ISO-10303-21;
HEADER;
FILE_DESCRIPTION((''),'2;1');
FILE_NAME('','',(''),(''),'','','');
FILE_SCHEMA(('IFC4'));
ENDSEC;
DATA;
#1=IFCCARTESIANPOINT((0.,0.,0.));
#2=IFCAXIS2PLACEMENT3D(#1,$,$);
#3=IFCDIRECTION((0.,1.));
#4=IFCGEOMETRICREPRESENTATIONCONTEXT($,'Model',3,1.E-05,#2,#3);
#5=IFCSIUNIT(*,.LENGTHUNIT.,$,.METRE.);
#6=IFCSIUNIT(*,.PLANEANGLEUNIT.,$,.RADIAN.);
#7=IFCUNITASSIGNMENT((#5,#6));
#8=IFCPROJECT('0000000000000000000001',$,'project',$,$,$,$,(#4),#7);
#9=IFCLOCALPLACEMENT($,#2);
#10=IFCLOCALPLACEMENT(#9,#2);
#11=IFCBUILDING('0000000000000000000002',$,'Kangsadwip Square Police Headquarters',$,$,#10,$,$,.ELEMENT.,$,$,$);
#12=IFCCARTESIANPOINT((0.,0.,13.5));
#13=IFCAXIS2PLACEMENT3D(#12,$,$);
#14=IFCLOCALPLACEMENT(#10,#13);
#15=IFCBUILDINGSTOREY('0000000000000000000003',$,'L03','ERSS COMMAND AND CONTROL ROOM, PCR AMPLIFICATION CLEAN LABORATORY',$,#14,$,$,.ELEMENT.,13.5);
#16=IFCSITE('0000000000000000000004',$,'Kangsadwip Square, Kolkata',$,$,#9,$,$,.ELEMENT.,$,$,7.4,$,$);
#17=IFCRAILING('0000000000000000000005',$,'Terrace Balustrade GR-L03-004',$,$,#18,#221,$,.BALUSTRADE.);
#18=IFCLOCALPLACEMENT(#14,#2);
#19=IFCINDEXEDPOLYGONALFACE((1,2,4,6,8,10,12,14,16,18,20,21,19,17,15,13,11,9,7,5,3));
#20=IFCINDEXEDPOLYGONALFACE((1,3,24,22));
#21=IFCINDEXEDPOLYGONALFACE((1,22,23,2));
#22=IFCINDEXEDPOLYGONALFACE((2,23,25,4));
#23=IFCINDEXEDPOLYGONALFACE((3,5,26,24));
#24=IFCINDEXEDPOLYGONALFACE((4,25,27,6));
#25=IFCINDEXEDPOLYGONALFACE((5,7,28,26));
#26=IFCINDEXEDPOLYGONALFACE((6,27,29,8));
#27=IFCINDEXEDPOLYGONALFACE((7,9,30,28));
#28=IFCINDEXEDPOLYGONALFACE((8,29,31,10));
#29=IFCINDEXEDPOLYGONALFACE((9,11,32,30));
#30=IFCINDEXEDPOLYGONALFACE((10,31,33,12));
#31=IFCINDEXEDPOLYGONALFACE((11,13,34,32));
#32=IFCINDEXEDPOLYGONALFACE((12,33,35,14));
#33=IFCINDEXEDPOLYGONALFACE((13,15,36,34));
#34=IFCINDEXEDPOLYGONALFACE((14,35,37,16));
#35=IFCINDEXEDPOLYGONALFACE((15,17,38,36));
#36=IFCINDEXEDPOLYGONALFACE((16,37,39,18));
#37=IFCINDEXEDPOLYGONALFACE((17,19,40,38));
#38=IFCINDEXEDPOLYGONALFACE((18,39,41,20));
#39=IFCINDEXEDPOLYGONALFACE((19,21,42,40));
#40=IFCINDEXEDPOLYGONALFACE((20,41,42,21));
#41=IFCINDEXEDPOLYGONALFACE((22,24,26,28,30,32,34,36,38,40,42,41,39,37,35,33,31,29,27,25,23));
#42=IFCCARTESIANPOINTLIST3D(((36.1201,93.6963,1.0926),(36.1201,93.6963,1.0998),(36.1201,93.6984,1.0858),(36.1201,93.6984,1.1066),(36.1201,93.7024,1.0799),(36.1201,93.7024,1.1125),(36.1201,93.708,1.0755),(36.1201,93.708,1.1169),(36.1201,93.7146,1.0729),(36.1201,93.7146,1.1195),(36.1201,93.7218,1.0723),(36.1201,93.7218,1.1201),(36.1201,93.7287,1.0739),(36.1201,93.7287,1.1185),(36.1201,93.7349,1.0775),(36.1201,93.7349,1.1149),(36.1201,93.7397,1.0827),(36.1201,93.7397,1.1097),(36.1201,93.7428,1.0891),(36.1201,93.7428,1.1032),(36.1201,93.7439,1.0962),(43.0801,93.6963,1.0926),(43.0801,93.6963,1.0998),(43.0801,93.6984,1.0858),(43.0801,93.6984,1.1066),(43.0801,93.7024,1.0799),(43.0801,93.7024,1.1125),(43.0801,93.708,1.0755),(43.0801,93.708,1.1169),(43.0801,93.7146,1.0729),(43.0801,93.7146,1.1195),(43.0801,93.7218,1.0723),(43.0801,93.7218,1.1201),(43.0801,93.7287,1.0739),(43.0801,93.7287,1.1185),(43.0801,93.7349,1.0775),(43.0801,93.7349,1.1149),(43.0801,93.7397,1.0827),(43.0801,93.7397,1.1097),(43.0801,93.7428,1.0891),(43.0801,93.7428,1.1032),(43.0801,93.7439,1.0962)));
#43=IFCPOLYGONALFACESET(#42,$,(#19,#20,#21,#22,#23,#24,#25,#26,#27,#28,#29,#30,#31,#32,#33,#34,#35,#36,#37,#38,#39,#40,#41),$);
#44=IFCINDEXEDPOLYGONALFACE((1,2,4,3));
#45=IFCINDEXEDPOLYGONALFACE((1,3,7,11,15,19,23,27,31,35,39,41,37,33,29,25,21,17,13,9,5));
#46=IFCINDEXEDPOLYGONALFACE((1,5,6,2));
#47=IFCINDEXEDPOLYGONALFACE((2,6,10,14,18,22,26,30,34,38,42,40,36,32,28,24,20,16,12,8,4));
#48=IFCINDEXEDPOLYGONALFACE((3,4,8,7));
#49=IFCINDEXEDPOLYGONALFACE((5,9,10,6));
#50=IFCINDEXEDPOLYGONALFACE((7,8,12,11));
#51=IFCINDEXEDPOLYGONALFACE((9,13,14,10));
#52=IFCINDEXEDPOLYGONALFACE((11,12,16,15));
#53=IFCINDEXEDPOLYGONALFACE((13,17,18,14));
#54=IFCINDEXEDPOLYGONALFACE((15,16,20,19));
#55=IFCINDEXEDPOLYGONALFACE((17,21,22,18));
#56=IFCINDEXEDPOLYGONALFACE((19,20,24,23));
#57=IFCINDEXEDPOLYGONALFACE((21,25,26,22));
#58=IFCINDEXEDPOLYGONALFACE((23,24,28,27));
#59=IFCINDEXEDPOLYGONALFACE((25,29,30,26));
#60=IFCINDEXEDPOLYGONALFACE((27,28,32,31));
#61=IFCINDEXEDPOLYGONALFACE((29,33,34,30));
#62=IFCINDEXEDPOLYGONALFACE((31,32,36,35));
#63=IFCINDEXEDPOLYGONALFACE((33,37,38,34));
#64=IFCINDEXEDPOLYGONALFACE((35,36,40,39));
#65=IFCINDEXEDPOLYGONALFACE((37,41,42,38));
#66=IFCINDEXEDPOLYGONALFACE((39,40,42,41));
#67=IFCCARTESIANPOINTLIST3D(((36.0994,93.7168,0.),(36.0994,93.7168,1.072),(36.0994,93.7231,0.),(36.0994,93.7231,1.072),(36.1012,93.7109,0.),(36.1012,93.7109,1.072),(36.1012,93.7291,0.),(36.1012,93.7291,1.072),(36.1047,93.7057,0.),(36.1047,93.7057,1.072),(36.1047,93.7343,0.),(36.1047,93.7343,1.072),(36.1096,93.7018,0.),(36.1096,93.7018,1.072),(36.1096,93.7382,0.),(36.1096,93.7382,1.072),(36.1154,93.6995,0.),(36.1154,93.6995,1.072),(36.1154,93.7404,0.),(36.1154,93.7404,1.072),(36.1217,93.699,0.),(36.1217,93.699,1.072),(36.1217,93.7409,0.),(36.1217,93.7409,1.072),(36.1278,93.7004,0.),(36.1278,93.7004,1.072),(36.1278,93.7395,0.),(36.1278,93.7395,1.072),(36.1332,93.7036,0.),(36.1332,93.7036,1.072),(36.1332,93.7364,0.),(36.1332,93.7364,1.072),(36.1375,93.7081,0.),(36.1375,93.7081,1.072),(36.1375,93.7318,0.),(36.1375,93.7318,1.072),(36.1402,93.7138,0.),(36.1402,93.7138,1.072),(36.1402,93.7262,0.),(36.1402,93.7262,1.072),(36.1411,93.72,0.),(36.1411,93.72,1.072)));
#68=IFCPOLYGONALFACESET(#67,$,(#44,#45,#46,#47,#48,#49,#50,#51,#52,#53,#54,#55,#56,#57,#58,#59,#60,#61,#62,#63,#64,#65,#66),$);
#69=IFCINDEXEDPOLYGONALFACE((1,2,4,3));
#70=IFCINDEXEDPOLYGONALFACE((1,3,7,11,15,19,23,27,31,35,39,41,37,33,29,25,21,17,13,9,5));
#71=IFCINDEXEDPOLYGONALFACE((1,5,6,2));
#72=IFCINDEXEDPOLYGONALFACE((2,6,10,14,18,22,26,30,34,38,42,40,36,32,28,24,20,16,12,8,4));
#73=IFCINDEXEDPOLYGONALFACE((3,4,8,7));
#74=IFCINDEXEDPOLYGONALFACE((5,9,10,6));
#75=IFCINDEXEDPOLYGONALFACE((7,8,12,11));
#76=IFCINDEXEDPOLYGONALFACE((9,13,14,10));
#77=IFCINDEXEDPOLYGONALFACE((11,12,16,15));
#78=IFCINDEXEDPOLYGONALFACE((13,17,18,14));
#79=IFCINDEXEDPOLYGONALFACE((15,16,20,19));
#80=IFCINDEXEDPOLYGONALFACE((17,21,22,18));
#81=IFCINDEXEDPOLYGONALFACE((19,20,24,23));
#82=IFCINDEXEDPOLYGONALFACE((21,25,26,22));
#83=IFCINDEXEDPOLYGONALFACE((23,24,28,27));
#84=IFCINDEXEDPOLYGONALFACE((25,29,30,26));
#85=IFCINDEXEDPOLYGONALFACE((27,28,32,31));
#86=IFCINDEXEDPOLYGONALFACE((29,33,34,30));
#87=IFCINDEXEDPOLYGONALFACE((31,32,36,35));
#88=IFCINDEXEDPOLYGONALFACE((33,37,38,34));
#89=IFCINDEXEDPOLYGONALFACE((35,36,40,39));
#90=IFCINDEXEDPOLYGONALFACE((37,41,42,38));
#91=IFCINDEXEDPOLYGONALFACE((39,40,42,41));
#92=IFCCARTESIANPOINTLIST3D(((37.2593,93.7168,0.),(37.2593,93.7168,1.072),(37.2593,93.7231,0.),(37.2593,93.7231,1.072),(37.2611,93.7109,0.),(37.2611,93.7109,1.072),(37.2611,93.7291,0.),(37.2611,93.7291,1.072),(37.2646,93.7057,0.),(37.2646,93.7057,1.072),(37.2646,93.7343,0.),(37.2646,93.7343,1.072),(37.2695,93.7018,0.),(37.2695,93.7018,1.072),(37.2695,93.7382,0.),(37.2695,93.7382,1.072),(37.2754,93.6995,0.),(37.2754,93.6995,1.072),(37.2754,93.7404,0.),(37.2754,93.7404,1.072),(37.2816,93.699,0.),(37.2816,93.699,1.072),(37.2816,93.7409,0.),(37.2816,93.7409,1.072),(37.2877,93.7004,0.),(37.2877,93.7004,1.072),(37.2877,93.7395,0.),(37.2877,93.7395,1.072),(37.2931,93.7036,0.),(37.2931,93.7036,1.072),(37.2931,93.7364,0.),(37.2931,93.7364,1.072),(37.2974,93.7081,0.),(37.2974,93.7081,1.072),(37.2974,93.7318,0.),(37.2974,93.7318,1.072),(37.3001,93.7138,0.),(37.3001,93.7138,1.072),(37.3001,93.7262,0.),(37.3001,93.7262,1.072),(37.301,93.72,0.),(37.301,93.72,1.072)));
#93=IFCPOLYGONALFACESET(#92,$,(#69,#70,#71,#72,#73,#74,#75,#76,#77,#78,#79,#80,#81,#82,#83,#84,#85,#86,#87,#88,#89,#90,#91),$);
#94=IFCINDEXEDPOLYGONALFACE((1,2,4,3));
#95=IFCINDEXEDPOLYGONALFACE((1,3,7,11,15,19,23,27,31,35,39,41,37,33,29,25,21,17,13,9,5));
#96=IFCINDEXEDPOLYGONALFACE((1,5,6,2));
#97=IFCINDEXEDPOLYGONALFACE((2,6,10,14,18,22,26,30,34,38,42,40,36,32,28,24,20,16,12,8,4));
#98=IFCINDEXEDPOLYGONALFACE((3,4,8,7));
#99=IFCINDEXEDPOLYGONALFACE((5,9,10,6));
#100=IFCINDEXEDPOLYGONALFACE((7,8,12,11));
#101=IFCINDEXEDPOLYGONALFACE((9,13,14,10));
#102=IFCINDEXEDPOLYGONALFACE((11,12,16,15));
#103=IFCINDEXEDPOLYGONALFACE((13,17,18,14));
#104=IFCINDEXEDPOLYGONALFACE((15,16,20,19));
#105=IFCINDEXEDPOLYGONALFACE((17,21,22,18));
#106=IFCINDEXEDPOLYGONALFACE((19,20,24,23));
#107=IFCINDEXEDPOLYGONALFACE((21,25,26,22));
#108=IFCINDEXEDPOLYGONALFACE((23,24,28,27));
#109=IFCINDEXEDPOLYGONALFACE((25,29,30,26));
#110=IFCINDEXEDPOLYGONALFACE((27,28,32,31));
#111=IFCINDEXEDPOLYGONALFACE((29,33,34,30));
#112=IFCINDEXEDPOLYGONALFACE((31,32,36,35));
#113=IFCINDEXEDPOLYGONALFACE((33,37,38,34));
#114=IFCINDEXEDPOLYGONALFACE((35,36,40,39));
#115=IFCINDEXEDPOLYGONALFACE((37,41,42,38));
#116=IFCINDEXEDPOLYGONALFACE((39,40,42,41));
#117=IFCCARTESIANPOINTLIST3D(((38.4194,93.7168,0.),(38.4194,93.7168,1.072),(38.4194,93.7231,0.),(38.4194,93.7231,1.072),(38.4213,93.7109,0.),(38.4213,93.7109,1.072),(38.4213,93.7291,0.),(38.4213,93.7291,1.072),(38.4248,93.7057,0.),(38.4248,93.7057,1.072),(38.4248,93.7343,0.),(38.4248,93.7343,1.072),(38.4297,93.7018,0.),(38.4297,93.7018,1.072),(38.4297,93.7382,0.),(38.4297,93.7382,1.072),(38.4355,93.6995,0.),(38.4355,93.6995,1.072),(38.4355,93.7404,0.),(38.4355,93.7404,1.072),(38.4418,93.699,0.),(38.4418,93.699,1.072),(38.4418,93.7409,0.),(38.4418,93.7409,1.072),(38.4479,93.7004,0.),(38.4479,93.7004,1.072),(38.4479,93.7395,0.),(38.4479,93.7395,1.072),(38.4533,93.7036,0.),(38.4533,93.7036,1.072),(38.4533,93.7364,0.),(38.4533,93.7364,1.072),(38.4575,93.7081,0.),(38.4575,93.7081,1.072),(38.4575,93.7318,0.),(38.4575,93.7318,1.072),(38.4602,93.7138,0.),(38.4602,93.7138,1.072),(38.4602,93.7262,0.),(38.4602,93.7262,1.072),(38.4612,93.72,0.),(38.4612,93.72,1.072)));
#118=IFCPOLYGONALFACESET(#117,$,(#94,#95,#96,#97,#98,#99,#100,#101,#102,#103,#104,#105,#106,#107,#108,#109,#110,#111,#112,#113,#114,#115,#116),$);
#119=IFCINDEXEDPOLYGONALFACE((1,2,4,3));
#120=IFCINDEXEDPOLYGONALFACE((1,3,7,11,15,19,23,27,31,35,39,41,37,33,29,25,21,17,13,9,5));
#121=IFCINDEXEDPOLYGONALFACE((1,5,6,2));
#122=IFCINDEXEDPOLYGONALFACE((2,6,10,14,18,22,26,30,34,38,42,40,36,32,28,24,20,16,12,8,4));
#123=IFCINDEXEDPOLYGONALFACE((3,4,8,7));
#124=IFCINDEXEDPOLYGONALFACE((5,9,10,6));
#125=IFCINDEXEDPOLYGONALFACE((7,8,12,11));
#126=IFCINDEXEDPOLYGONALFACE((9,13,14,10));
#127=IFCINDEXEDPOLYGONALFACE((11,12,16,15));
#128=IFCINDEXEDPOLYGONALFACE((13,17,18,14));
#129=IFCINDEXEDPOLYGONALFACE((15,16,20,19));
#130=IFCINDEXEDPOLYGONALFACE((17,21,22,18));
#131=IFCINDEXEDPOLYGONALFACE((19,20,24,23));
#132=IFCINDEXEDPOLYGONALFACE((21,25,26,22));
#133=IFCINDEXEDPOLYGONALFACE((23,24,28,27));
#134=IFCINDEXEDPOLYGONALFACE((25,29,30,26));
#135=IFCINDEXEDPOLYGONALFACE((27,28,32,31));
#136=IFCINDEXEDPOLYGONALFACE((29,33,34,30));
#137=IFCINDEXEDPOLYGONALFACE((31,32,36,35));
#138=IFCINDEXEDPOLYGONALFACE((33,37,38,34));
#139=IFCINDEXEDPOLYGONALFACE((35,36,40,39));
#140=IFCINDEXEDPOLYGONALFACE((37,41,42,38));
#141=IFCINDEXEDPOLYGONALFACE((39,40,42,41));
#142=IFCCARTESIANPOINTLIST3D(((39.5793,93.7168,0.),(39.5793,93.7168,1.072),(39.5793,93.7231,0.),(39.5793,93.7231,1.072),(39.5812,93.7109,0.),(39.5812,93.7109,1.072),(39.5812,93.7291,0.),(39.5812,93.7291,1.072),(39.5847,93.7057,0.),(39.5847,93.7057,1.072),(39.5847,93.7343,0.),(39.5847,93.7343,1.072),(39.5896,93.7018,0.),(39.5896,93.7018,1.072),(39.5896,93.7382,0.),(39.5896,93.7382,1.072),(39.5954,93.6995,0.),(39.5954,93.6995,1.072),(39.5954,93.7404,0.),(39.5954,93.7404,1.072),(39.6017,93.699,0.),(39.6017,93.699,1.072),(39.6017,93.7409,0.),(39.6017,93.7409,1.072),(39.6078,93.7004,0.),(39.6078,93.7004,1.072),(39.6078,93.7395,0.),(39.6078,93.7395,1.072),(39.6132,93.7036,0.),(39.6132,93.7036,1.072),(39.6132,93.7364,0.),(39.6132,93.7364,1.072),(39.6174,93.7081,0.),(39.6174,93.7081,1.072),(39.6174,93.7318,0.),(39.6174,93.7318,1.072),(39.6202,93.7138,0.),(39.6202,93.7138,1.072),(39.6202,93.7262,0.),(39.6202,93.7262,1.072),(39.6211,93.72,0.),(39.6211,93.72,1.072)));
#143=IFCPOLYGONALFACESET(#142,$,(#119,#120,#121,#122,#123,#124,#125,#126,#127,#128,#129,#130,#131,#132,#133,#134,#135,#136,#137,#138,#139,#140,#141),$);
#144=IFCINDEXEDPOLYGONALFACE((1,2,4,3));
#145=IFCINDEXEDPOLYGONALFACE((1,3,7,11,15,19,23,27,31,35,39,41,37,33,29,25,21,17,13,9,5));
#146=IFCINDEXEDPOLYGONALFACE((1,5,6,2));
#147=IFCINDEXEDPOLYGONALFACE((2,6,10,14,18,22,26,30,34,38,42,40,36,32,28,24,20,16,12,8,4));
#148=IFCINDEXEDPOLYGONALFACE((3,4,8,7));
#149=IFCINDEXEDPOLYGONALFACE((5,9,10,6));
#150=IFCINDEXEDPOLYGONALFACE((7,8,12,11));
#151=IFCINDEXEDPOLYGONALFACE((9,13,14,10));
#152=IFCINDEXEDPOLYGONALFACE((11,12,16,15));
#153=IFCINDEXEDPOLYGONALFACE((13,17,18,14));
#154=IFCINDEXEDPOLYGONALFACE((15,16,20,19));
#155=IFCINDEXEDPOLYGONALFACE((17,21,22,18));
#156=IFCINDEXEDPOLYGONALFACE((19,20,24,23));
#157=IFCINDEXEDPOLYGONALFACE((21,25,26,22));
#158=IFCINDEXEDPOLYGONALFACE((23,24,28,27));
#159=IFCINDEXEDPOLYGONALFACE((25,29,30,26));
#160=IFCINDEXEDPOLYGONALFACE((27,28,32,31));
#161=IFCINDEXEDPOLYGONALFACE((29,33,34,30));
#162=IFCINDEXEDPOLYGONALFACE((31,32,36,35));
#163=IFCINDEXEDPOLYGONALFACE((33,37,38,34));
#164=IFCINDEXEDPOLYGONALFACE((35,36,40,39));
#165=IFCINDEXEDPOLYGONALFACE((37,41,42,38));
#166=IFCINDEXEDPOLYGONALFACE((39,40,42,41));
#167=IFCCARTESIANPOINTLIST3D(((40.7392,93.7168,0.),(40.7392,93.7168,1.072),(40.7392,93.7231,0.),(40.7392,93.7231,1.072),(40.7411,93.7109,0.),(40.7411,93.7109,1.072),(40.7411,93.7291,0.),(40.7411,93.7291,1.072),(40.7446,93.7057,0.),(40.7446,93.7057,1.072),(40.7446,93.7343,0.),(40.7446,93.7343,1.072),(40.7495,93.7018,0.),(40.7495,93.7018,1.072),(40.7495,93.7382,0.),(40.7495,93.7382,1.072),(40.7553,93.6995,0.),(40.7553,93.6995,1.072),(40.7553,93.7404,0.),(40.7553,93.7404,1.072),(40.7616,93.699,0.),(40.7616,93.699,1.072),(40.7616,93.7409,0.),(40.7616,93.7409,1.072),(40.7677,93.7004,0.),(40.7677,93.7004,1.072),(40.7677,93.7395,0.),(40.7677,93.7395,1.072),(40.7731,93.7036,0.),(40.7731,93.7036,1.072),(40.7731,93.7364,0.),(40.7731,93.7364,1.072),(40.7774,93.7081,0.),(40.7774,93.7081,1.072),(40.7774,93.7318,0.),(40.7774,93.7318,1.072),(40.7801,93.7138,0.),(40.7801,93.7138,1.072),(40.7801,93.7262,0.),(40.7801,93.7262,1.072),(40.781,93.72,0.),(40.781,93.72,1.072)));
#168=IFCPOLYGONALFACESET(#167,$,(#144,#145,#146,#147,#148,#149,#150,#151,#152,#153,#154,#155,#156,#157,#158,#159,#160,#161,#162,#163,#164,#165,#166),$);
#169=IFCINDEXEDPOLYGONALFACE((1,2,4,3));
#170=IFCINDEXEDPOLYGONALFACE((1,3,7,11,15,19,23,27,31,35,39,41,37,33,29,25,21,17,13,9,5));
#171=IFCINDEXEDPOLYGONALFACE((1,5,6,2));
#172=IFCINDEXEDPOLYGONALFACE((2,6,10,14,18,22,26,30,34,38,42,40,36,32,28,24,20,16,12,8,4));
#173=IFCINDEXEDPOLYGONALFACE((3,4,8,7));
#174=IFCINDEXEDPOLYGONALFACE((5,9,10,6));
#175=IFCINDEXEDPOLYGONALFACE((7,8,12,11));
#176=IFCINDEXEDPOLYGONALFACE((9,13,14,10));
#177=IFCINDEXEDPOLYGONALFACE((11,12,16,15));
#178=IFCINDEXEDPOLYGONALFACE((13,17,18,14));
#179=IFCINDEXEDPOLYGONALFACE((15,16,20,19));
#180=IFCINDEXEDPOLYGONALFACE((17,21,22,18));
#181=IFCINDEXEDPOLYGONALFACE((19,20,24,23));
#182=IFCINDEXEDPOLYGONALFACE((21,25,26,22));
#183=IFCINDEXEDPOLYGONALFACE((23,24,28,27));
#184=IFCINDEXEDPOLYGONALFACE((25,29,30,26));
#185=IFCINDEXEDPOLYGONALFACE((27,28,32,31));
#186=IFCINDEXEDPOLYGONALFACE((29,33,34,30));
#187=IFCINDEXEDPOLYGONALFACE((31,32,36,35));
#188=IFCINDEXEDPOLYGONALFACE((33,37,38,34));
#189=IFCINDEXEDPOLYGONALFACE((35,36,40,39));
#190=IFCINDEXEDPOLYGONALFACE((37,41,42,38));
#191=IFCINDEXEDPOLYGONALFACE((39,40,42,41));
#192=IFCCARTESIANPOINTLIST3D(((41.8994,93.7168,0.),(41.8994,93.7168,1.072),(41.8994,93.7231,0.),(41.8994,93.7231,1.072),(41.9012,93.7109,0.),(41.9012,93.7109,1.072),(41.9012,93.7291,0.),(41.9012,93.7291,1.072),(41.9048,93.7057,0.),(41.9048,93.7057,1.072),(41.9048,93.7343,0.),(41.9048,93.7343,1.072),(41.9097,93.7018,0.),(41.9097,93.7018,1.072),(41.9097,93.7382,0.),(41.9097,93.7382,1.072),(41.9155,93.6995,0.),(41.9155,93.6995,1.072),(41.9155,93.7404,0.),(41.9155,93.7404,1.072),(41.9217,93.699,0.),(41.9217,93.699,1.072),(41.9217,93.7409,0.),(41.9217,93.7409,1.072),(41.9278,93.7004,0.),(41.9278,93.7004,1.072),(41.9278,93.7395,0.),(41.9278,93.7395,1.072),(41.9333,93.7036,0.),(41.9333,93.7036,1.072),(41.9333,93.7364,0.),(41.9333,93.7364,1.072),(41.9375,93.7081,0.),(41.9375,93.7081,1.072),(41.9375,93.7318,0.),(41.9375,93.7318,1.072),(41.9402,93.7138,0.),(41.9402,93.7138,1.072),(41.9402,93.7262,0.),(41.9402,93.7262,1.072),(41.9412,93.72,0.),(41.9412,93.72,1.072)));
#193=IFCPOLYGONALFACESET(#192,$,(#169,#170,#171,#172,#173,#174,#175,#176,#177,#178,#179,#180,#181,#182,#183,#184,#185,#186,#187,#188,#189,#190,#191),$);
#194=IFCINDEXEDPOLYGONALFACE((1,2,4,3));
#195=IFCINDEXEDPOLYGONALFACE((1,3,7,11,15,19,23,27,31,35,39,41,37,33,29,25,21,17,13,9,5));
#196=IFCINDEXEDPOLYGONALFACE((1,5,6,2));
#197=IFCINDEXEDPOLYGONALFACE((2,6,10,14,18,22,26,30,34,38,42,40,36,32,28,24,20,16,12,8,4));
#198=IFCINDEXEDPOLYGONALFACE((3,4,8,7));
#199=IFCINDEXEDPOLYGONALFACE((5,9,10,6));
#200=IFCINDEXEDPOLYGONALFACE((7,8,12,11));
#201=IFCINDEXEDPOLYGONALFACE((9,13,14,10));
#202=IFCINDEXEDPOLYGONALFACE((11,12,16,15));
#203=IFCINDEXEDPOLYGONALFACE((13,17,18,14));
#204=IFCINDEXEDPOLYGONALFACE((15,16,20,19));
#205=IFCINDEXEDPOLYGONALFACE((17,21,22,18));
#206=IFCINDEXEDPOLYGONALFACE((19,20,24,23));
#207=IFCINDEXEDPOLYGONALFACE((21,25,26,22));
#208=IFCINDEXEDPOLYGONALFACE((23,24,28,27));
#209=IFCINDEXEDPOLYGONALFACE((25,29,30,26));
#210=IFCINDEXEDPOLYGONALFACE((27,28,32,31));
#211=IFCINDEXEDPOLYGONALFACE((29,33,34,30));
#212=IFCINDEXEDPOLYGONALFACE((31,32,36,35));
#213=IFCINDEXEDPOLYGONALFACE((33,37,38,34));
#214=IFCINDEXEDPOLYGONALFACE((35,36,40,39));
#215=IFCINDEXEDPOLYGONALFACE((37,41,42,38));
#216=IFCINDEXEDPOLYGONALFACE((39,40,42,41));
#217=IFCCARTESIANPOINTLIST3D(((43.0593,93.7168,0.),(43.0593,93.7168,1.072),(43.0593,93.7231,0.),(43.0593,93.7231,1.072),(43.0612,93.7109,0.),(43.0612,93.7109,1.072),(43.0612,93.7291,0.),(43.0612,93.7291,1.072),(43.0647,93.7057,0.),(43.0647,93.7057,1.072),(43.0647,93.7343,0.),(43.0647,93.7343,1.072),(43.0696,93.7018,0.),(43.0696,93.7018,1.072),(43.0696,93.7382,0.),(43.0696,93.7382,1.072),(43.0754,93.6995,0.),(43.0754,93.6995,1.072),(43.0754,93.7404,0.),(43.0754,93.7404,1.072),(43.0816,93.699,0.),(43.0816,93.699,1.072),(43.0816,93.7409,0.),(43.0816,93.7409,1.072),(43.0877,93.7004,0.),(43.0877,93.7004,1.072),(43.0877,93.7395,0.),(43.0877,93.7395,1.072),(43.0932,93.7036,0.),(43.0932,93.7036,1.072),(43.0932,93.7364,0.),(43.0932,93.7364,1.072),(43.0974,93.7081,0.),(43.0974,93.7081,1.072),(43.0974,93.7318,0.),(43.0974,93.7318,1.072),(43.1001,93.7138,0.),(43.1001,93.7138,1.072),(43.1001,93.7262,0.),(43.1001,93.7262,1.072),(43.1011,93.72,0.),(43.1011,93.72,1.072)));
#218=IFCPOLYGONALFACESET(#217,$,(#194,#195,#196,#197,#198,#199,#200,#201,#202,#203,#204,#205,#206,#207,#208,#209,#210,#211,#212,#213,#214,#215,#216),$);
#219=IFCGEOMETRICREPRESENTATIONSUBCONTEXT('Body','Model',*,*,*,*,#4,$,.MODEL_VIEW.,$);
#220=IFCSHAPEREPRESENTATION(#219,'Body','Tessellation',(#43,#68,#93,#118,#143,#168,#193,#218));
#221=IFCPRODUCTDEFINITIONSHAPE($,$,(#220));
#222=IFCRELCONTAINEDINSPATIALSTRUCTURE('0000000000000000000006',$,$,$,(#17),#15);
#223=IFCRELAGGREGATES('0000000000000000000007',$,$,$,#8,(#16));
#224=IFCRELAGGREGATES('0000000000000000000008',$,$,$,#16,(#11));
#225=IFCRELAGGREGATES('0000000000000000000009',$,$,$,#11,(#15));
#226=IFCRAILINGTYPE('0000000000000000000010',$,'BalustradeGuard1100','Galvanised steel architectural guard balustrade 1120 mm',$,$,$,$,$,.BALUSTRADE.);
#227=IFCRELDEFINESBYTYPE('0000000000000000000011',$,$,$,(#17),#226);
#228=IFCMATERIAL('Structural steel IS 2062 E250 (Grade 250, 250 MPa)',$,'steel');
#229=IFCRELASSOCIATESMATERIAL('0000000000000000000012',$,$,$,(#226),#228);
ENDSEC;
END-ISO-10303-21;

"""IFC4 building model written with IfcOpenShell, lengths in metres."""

from ifc_helpers import new_model, si_unit, direction, frame, origin, origin_2d, place, context, subcontext, project, spatial, circle, extrude, material, type_object, element, save


model = new_model("IFC4")

# Units and contexts
model_context = context("Model", 3, precision=1e-05, world=origin(), true_north=direction((0.0, 1.0)))
body_context = subcontext(model_context, "Body", "Model", "MODEL_VIEW")
ifc_project = project(units=[si_unit("LENGTHUNIT", "METRE"), si_unit("PLANEANGLEUNIT", "RADIAN")], contexts=[model_context])

# Site, building, storey
site_placement = place(None, origin())
site = spatial("IfcSite", under=ifc_project, at=site_placement, Name="Kangsadwip Square, Kolkata", CompositionType="ELEMENT", RefElevation=7.4)
building_placement = place(site_placement, origin())
building = spatial("IfcBuilding", under=site, at=building_placement, Name="Kangsadwip Square Police Headquarters", CompositionType="ELEMENT")
storey_placement = place(building_placement, frame((0.0, 0.0, 13.5)))
storey = spatial("IfcBuildingStorey", under=building, at=storey_placement, Name="L03", Description="ERSS COMMAND AND CONTROL ROOM, PCR AMPLIFICATION CLEAN LABORATORY", CompositionType="ELEMENT", Elevation=13.5)

# Railing
ifc_material_1 = material(Name="Structural steel IS 2062 E250 (Grade 250, 250 MPa)", Category="steel")
railing_type = type_object("IfcRailingType", Name="BalustradeGuard1100", Description="Galvanised steel architectural guard balustrade 1120 mm", PredefinedType="BALUSTRADE", material=ifc_material_1)
for number, where, name in (
    (1, (36.1201, 93.72, 0.0), "Terrace Balustrade GR-L03-004"),
):
    element("IfcRailing", number, at=place(storey_placement, frame(where)), inside=storey, type_object=railing_type, Name=name, PredefinedType="BALUSTRADE", context=body_context, shape_type="SweptSolid", body=[
        extrude(circle(Radius=0.0239, at=origin_2d()), frame((0.0, 0.0, 1.0962), z_axis=(1.0, 0.0, 0.0), x_axis=(0.0, 1.0, 0.0)), (0.0, 0.0, 1.0), 6.96),
        extrude(circle(Radius=0.021, at=origin_2d()), origin(), (0.0, 0.0, 1.0), 1.072),
        extrude(circle(Radius=0.021, at=origin_2d()), frame((1.1599, 0.0, 0.0)), (0.0, 0.0, 1.0), 1.072),
        extrude(circle(Radius=0.021, at=origin_2d()), frame((2.3201, 0.0, 0.0)), (0.0, 0.0, 1.0), 1.072),
        extrude(circle(Radius=0.021, at=origin_2d()), frame((3.48, 0.0, 0.0)), (0.0, 0.0, 1.0), 1.072),
        extrude(circle(Radius=0.021, at=origin_2d()), frame((4.6399, 0.0, 0.0)), (0.0, 0.0, 1.0), 1.072),
        extrude(circle(Radius=0.021, at=origin_2d()), frame((5.8, 0.0, 0.0)), (0.0, 0.0, 1.0), 1.072),
        extrude(circle(Radius=0.021, at=origin_2d()), frame((6.96, 0.0, 0.0)), (0.0, 0.0, 1.0), 1.072),
    ])

save(model, "model.ifc")
